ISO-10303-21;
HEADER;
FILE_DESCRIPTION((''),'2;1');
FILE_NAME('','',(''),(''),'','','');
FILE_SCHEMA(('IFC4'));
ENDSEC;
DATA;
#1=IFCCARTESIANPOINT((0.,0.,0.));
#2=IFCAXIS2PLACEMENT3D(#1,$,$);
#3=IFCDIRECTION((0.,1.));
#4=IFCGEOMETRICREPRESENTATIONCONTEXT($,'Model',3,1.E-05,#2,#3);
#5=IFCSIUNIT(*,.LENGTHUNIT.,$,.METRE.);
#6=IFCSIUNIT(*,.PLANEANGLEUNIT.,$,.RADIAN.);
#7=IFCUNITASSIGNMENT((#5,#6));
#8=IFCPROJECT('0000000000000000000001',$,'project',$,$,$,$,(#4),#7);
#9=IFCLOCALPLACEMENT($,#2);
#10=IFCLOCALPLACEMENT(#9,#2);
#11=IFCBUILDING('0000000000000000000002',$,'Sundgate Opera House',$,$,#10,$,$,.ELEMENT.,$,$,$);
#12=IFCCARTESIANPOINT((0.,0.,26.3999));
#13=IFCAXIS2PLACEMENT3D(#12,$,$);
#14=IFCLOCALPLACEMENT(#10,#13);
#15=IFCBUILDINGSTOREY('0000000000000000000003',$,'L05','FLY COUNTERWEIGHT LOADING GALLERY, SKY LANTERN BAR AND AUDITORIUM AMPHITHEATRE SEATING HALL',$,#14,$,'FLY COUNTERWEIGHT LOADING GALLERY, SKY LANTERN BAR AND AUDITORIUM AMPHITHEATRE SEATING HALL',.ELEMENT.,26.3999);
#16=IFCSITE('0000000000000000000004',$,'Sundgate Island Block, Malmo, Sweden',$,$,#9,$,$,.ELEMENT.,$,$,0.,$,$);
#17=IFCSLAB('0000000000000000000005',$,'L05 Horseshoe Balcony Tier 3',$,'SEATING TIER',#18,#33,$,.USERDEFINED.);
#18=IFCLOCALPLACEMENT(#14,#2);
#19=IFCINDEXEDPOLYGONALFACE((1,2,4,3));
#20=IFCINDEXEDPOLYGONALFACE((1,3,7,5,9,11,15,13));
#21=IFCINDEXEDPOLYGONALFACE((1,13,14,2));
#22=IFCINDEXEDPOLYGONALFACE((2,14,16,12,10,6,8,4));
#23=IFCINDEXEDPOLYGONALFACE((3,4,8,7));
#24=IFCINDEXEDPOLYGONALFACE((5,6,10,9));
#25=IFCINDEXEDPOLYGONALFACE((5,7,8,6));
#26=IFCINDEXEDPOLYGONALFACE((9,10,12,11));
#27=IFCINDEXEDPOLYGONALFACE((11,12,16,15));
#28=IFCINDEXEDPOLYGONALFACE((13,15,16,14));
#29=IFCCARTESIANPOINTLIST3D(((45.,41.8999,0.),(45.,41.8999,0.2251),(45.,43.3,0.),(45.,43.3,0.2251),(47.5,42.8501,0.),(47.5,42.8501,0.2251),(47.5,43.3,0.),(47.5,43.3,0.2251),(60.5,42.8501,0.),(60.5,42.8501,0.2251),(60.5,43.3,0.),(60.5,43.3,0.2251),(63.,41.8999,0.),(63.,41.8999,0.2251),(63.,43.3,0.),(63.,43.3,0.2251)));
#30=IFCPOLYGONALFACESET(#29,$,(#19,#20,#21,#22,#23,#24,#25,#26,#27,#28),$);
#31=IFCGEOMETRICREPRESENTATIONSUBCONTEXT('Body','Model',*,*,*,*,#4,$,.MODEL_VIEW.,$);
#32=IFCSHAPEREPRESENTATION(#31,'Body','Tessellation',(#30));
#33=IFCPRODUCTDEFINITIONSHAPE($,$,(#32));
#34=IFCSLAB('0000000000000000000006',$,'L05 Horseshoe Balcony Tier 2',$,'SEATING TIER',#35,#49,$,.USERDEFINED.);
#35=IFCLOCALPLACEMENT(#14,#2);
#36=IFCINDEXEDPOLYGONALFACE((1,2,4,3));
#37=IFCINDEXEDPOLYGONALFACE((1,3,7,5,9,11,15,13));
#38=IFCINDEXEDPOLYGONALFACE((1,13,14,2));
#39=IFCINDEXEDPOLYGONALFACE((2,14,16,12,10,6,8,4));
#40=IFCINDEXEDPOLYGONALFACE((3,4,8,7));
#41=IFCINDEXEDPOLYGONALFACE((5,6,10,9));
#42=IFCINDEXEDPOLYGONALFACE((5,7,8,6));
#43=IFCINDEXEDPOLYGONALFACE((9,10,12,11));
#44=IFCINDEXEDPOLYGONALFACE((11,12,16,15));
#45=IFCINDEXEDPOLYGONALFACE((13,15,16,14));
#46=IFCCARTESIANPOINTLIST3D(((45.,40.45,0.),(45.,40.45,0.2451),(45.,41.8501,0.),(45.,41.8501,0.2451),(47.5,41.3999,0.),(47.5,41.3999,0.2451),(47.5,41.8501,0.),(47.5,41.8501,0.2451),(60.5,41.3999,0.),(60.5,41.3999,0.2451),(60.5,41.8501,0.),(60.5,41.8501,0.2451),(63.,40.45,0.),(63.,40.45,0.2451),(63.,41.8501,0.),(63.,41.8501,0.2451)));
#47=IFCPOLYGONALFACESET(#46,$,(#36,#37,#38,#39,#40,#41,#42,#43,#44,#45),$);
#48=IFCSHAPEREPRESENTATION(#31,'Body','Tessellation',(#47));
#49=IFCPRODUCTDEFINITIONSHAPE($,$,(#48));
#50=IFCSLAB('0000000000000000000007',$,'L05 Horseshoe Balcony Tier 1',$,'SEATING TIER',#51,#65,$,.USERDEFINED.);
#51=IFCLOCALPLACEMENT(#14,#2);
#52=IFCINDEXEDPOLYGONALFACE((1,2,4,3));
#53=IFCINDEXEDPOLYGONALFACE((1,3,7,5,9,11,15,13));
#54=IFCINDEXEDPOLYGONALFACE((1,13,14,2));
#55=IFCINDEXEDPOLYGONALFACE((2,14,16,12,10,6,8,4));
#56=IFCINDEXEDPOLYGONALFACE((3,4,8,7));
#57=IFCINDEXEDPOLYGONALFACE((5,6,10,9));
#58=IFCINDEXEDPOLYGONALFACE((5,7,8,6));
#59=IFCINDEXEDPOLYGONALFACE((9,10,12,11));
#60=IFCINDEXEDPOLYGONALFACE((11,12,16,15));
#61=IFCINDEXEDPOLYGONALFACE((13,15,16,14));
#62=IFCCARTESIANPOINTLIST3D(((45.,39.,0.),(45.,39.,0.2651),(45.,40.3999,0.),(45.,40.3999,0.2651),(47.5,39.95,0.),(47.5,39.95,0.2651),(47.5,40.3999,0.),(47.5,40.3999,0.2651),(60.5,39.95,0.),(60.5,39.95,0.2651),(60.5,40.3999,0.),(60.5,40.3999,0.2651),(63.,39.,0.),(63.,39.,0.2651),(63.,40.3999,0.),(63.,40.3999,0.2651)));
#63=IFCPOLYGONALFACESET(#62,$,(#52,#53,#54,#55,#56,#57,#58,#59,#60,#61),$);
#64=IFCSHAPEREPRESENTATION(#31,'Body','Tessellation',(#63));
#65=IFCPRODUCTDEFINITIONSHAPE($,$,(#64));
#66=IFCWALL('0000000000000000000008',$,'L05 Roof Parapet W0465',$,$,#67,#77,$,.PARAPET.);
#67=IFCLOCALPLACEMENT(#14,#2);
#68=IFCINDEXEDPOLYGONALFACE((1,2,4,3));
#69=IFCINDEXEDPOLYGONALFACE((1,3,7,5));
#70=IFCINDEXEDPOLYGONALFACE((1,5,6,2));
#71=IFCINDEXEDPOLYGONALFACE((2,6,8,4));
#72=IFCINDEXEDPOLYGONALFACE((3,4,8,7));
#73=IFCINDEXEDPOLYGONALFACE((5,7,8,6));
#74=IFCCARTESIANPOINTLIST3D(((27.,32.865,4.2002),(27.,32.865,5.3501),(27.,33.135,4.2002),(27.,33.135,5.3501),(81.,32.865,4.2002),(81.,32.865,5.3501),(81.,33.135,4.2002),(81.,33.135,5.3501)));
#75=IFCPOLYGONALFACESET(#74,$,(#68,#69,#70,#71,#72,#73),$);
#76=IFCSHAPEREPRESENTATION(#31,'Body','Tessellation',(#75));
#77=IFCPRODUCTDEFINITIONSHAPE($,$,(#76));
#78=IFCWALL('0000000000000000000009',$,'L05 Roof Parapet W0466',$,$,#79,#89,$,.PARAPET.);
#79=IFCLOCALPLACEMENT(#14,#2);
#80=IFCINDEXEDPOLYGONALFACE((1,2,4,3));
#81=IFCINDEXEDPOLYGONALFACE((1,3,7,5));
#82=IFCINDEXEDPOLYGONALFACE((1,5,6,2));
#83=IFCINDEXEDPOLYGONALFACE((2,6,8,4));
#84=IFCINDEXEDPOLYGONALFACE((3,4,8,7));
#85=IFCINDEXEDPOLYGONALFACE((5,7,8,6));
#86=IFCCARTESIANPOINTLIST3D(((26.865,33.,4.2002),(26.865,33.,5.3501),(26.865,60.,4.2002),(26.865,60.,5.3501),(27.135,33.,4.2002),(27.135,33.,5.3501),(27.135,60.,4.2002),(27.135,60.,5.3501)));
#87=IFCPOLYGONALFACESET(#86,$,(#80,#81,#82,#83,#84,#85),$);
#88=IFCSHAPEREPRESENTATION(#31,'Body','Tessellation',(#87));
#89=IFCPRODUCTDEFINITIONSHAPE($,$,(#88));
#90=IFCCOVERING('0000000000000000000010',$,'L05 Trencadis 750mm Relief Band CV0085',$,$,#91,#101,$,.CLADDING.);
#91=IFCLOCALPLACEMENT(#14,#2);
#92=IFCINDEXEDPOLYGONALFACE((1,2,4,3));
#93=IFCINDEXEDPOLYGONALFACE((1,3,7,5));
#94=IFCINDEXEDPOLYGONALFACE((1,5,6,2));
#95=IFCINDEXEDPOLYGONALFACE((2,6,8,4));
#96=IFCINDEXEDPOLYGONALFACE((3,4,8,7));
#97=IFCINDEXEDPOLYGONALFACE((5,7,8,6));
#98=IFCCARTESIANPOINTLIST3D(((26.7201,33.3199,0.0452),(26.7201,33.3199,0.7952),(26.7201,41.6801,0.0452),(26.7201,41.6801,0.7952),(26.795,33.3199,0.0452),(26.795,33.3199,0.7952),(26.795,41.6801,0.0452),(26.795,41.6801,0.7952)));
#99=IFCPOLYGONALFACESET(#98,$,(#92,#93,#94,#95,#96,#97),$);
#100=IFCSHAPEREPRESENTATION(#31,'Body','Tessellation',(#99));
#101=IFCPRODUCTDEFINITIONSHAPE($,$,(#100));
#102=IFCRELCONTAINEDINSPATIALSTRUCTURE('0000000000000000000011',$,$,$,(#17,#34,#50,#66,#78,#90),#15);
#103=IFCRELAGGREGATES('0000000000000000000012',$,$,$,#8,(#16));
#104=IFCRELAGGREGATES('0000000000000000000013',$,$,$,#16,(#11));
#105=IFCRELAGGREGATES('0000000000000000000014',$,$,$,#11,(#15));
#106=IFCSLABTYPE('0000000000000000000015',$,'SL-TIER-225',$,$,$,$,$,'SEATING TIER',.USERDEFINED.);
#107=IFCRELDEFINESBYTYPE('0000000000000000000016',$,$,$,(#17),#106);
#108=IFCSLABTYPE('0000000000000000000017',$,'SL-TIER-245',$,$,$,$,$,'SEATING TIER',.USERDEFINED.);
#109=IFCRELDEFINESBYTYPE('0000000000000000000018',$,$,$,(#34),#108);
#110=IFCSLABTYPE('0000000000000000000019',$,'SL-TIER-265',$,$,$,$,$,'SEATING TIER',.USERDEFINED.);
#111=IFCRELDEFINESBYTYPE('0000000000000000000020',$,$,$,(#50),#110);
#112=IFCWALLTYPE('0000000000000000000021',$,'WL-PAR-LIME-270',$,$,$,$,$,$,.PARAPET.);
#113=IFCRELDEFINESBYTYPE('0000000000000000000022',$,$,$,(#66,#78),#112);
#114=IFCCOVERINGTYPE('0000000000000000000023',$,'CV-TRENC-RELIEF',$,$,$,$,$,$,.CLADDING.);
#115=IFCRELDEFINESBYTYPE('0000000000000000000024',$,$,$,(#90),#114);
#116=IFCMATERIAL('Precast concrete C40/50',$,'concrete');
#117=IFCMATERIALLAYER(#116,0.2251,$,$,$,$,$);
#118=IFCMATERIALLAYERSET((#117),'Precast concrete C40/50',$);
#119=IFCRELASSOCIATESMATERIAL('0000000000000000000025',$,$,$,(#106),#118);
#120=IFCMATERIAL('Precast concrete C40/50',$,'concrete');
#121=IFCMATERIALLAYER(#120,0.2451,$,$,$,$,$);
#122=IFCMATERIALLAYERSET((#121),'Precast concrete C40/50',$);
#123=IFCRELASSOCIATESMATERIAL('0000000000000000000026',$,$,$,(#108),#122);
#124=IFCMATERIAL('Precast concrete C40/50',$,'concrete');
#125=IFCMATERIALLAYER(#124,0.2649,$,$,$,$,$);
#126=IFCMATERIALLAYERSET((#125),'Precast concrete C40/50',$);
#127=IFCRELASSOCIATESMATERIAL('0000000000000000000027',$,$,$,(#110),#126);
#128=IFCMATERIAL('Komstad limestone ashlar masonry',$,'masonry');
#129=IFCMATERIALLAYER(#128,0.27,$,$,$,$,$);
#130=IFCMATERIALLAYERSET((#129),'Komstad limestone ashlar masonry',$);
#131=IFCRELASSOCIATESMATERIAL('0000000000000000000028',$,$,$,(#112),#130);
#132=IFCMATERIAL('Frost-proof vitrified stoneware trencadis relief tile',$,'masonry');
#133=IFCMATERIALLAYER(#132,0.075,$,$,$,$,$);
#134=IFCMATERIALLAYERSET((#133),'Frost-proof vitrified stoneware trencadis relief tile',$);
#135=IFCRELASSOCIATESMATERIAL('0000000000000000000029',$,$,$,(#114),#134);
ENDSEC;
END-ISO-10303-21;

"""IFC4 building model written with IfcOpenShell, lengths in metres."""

from ifc_helpers import new_model, si_unit, direction, frame, frame_2d, origin, origin_2d, place, context, subcontext, project, spatial, polyline, rectangle, outline, extrude, material, layer, layer_set, type_object, element, save


model = new_model("IFC4")

# Units and contexts
model_context = context("Model", 3, precision=1e-05, world=origin(), true_north=direction((0.0, 1.0)))
body_context = subcontext(model_context, "Body", "Model", "MODEL_VIEW")
ifc_project = project(units=[si_unit("LENGTHUNIT", "METRE"), si_unit("PLANEANGLEUNIT", "RADIAN")], contexts=[model_context])

# Site, building, storey
site_placement = place(None, origin())
site = spatial("IfcSite", under=ifc_project, at=site_placement, Name="Sundgate Island Block, Malmo, Sweden", CompositionType="ELEMENT", RefElevation=0.0)
building_placement = place(site_placement, origin())
building = spatial("IfcBuilding", under=site, at=building_placement, Name="Sundgate Opera House", CompositionType="ELEMENT")
storey_placement = place(building_placement, frame((0.0, 0.0, 26.3999)))
storey = spatial("IfcBuildingStorey", under=building, at=storey_placement, Name="L05", Description="FLY COUNTERWEIGHT LOADING GALLERY, SKY LANTERN BAR AND AUDITORIUM AMPHITHEATRE SEATING HALL", LongName="FLY COUNTERWEIGHT LOADING GALLERY, SKY LANTERN BAR AND AUDITORIUM AMPHITHEATRE SEATING HALL", CompositionType="ELEMENT", Elevation=26.3999)

# Slabs
ifc_material_1 = material(Name="Precast concrete C40/50", Category="concrete")
ifc_layer_1 = layer(ifc_material_1, 0.2251)
ifc_layer_set_1 = layer_set([ifc_layer_1], Name="Precast concrete C40/50")
slab_type_1 = type_object("IfcSlabType", Name="SL-TIER-225", ElementType="SEATING TIER", PredefinedType="USERDEFINED", material=ifc_layer_set_1)
slab_1_placement = place(storey_placement, origin())
element("IfcSlab", 1, at=slab_1_placement, inside=storey, type_object=slab_type_1, Name="L05 Horseshoe Balcony Tier 3", ObjectType="SEATING TIER", PredefinedType="USERDEFINED", context=body_context, shape_type="SweptSolid", body=[
    extrude(outline(polyline([(45.0, 41.8999), (63.0, 41.8999), (63.0, 43.3), (60.5, 43.3), (60.5, 42.8501), (47.5, 42.8501), (47.5, 43.3), (45.0, 43.3), (45.0, 41.8999)])), origin(), (0.0, 0.0, 1.0), 0.2251),
])
ifc_material_2 = material(Name="Precast concrete C40/50", Category="concrete")
ifc_layer_2 = layer(ifc_material_2, 0.2451)
ifc_layer_set_2 = layer_set([ifc_layer_2], Name="Precast concrete C40/50")
slab_type_2 = type_object("IfcSlabType", Name="SL-TIER-245", ElementType="SEATING TIER", PredefinedType="USERDEFINED", material=ifc_layer_set_2)
slab_2_placement = place(storey_placement, origin())
element("IfcSlab", 2, at=slab_2_placement, inside=storey, type_object=slab_type_2, Name="L05 Horseshoe Balcony Tier 2", ObjectType="SEATING TIER", PredefinedType="USERDEFINED", context=body_context, shape_type="SweptSolid", body=[
    extrude(outline(polyline([(45.0, 40.45), (63.0, 40.45), (63.0, 41.8501), (60.5, 41.8501), (60.5, 41.3999), (47.5, 41.3999), (47.5, 41.8501), (45.0, 41.8501), (45.0, 40.45)])), origin(), (0.0, 0.0, 1.0), 0.2451),
])
ifc_material_3 = material(Name="Precast concrete C40/50", Category="concrete")
ifc_layer_3 = layer(ifc_material_3, 0.2649)
ifc_layer_set_3 = layer_set([ifc_layer_3], Name="Precast concrete C40/50")
slab_type_3 = type_object("IfcSlabType", Name="SL-TIER-265", ElementType="SEATING TIER", PredefinedType="USERDEFINED", material=ifc_layer_set_3)
slab_3_placement = place(storey_placement, origin())
element("IfcSlab", 3, at=slab_3_placement, inside=storey, type_object=slab_type_3, Name="L05 Horseshoe Balcony Tier 1", ObjectType="SEATING TIER", PredefinedType="USERDEFINED", context=body_context, shape_type="SweptSolid", body=[
    extrude(outline(polyline([(45.0, 39.0), (63.0, 39.0), (63.0, 40.3999), (60.5, 40.3999), (60.5, 39.95), (47.5, 39.95), (47.5, 40.3999), (45.0, 40.3999), (45.0, 39.0)])), origin(), (0.0, 0.0, 1.0), 0.2651),
])

# Walls
ifc_material_4 = material(Name="Komstad limestone ashlar masonry", Category="masonry")
ifc_layer_4 = layer(ifc_material_4, 0.27)
ifc_layer_set_4 = layer_set([ifc_layer_4], Name="Komstad limestone ashlar masonry")
wall_type = type_object("IfcWallType", Name="WL-PAR-LIME-270", PredefinedType="PARAPET", material=ifc_layer_set_4)
wall_1_placement = place(storey_placement, frame((27.0, 33.0, 4.2002), z_axis=(0.0, 0.0, 1.0), x_axis=(1.0, 0.0, 0.0)))
element("IfcWall", 4, at=wall_1_placement, inside=storey, type_object=wall_type, Name="L05 Roof Parapet W0465", PredefinedType="PARAPET", context=body_context, shape_type="SweptSolid", body=[
    extrude(rectangle(XDim=54.0, YDim=0.27, at=frame_2d((27.0, 0.0))), origin(), (0.0, 0.0, 1.0), 1.1499),
])
wall_2_placement = place(storey_placement, frame((27.0, 33.0, 4.2002), z_axis=(0.0, 0.0, 1.0), x_axis=(0.0, 1.0, 0.0)))
element("IfcWall", 5, at=wall_2_placement, inside=storey, type_object=wall_type, Name="L05 Roof Parapet W0466", PredefinedType="PARAPET", context=body_context, shape_type="SweptSolid", body=[
    extrude(rectangle(XDim=27.0, YDim=0.27, at=frame_2d((13.5, 0.0))), origin(), (0.0, 0.0, 1.0), 1.1499),
])

# Covering
ifc_material_5 = material(Name="Frost-proof vitrified stoneware trencadis relief tile", Category="masonry")
ifc_layer_5 = layer(ifc_material_5, 0.075)
ifc_layer_set_5 = layer_set([ifc_layer_5], Name="Frost-proof vitrified stoneware trencadis relief tile")
covering_type = type_object("IfcCoveringType", Name="CV-TRENC-RELIEF", PredefinedType="CLADDING", material=ifc_layer_set_5)
covering_placement = place(storey_placement, frame((26.7576, 37.5, 0.0452), z_axis=(0.0, 0.0, 1.0), x_axis=(0.0, 1.0, 0.0)))
element("IfcCovering", 6, at=covering_placement, inside=storey, type_object=covering_type, Name="L05 Trencadis 750mm Relief Band CV0085", PredefinedType="CLADDING", context=body_context, shape_type="SweptSolid", body=[
    extrude(rectangle(XDim=8.3601, YDim=0.075, at=origin_2d()), origin(), (0.0, 0.0, 1.0), 0.75),
])

save(model, "model.ifc")
